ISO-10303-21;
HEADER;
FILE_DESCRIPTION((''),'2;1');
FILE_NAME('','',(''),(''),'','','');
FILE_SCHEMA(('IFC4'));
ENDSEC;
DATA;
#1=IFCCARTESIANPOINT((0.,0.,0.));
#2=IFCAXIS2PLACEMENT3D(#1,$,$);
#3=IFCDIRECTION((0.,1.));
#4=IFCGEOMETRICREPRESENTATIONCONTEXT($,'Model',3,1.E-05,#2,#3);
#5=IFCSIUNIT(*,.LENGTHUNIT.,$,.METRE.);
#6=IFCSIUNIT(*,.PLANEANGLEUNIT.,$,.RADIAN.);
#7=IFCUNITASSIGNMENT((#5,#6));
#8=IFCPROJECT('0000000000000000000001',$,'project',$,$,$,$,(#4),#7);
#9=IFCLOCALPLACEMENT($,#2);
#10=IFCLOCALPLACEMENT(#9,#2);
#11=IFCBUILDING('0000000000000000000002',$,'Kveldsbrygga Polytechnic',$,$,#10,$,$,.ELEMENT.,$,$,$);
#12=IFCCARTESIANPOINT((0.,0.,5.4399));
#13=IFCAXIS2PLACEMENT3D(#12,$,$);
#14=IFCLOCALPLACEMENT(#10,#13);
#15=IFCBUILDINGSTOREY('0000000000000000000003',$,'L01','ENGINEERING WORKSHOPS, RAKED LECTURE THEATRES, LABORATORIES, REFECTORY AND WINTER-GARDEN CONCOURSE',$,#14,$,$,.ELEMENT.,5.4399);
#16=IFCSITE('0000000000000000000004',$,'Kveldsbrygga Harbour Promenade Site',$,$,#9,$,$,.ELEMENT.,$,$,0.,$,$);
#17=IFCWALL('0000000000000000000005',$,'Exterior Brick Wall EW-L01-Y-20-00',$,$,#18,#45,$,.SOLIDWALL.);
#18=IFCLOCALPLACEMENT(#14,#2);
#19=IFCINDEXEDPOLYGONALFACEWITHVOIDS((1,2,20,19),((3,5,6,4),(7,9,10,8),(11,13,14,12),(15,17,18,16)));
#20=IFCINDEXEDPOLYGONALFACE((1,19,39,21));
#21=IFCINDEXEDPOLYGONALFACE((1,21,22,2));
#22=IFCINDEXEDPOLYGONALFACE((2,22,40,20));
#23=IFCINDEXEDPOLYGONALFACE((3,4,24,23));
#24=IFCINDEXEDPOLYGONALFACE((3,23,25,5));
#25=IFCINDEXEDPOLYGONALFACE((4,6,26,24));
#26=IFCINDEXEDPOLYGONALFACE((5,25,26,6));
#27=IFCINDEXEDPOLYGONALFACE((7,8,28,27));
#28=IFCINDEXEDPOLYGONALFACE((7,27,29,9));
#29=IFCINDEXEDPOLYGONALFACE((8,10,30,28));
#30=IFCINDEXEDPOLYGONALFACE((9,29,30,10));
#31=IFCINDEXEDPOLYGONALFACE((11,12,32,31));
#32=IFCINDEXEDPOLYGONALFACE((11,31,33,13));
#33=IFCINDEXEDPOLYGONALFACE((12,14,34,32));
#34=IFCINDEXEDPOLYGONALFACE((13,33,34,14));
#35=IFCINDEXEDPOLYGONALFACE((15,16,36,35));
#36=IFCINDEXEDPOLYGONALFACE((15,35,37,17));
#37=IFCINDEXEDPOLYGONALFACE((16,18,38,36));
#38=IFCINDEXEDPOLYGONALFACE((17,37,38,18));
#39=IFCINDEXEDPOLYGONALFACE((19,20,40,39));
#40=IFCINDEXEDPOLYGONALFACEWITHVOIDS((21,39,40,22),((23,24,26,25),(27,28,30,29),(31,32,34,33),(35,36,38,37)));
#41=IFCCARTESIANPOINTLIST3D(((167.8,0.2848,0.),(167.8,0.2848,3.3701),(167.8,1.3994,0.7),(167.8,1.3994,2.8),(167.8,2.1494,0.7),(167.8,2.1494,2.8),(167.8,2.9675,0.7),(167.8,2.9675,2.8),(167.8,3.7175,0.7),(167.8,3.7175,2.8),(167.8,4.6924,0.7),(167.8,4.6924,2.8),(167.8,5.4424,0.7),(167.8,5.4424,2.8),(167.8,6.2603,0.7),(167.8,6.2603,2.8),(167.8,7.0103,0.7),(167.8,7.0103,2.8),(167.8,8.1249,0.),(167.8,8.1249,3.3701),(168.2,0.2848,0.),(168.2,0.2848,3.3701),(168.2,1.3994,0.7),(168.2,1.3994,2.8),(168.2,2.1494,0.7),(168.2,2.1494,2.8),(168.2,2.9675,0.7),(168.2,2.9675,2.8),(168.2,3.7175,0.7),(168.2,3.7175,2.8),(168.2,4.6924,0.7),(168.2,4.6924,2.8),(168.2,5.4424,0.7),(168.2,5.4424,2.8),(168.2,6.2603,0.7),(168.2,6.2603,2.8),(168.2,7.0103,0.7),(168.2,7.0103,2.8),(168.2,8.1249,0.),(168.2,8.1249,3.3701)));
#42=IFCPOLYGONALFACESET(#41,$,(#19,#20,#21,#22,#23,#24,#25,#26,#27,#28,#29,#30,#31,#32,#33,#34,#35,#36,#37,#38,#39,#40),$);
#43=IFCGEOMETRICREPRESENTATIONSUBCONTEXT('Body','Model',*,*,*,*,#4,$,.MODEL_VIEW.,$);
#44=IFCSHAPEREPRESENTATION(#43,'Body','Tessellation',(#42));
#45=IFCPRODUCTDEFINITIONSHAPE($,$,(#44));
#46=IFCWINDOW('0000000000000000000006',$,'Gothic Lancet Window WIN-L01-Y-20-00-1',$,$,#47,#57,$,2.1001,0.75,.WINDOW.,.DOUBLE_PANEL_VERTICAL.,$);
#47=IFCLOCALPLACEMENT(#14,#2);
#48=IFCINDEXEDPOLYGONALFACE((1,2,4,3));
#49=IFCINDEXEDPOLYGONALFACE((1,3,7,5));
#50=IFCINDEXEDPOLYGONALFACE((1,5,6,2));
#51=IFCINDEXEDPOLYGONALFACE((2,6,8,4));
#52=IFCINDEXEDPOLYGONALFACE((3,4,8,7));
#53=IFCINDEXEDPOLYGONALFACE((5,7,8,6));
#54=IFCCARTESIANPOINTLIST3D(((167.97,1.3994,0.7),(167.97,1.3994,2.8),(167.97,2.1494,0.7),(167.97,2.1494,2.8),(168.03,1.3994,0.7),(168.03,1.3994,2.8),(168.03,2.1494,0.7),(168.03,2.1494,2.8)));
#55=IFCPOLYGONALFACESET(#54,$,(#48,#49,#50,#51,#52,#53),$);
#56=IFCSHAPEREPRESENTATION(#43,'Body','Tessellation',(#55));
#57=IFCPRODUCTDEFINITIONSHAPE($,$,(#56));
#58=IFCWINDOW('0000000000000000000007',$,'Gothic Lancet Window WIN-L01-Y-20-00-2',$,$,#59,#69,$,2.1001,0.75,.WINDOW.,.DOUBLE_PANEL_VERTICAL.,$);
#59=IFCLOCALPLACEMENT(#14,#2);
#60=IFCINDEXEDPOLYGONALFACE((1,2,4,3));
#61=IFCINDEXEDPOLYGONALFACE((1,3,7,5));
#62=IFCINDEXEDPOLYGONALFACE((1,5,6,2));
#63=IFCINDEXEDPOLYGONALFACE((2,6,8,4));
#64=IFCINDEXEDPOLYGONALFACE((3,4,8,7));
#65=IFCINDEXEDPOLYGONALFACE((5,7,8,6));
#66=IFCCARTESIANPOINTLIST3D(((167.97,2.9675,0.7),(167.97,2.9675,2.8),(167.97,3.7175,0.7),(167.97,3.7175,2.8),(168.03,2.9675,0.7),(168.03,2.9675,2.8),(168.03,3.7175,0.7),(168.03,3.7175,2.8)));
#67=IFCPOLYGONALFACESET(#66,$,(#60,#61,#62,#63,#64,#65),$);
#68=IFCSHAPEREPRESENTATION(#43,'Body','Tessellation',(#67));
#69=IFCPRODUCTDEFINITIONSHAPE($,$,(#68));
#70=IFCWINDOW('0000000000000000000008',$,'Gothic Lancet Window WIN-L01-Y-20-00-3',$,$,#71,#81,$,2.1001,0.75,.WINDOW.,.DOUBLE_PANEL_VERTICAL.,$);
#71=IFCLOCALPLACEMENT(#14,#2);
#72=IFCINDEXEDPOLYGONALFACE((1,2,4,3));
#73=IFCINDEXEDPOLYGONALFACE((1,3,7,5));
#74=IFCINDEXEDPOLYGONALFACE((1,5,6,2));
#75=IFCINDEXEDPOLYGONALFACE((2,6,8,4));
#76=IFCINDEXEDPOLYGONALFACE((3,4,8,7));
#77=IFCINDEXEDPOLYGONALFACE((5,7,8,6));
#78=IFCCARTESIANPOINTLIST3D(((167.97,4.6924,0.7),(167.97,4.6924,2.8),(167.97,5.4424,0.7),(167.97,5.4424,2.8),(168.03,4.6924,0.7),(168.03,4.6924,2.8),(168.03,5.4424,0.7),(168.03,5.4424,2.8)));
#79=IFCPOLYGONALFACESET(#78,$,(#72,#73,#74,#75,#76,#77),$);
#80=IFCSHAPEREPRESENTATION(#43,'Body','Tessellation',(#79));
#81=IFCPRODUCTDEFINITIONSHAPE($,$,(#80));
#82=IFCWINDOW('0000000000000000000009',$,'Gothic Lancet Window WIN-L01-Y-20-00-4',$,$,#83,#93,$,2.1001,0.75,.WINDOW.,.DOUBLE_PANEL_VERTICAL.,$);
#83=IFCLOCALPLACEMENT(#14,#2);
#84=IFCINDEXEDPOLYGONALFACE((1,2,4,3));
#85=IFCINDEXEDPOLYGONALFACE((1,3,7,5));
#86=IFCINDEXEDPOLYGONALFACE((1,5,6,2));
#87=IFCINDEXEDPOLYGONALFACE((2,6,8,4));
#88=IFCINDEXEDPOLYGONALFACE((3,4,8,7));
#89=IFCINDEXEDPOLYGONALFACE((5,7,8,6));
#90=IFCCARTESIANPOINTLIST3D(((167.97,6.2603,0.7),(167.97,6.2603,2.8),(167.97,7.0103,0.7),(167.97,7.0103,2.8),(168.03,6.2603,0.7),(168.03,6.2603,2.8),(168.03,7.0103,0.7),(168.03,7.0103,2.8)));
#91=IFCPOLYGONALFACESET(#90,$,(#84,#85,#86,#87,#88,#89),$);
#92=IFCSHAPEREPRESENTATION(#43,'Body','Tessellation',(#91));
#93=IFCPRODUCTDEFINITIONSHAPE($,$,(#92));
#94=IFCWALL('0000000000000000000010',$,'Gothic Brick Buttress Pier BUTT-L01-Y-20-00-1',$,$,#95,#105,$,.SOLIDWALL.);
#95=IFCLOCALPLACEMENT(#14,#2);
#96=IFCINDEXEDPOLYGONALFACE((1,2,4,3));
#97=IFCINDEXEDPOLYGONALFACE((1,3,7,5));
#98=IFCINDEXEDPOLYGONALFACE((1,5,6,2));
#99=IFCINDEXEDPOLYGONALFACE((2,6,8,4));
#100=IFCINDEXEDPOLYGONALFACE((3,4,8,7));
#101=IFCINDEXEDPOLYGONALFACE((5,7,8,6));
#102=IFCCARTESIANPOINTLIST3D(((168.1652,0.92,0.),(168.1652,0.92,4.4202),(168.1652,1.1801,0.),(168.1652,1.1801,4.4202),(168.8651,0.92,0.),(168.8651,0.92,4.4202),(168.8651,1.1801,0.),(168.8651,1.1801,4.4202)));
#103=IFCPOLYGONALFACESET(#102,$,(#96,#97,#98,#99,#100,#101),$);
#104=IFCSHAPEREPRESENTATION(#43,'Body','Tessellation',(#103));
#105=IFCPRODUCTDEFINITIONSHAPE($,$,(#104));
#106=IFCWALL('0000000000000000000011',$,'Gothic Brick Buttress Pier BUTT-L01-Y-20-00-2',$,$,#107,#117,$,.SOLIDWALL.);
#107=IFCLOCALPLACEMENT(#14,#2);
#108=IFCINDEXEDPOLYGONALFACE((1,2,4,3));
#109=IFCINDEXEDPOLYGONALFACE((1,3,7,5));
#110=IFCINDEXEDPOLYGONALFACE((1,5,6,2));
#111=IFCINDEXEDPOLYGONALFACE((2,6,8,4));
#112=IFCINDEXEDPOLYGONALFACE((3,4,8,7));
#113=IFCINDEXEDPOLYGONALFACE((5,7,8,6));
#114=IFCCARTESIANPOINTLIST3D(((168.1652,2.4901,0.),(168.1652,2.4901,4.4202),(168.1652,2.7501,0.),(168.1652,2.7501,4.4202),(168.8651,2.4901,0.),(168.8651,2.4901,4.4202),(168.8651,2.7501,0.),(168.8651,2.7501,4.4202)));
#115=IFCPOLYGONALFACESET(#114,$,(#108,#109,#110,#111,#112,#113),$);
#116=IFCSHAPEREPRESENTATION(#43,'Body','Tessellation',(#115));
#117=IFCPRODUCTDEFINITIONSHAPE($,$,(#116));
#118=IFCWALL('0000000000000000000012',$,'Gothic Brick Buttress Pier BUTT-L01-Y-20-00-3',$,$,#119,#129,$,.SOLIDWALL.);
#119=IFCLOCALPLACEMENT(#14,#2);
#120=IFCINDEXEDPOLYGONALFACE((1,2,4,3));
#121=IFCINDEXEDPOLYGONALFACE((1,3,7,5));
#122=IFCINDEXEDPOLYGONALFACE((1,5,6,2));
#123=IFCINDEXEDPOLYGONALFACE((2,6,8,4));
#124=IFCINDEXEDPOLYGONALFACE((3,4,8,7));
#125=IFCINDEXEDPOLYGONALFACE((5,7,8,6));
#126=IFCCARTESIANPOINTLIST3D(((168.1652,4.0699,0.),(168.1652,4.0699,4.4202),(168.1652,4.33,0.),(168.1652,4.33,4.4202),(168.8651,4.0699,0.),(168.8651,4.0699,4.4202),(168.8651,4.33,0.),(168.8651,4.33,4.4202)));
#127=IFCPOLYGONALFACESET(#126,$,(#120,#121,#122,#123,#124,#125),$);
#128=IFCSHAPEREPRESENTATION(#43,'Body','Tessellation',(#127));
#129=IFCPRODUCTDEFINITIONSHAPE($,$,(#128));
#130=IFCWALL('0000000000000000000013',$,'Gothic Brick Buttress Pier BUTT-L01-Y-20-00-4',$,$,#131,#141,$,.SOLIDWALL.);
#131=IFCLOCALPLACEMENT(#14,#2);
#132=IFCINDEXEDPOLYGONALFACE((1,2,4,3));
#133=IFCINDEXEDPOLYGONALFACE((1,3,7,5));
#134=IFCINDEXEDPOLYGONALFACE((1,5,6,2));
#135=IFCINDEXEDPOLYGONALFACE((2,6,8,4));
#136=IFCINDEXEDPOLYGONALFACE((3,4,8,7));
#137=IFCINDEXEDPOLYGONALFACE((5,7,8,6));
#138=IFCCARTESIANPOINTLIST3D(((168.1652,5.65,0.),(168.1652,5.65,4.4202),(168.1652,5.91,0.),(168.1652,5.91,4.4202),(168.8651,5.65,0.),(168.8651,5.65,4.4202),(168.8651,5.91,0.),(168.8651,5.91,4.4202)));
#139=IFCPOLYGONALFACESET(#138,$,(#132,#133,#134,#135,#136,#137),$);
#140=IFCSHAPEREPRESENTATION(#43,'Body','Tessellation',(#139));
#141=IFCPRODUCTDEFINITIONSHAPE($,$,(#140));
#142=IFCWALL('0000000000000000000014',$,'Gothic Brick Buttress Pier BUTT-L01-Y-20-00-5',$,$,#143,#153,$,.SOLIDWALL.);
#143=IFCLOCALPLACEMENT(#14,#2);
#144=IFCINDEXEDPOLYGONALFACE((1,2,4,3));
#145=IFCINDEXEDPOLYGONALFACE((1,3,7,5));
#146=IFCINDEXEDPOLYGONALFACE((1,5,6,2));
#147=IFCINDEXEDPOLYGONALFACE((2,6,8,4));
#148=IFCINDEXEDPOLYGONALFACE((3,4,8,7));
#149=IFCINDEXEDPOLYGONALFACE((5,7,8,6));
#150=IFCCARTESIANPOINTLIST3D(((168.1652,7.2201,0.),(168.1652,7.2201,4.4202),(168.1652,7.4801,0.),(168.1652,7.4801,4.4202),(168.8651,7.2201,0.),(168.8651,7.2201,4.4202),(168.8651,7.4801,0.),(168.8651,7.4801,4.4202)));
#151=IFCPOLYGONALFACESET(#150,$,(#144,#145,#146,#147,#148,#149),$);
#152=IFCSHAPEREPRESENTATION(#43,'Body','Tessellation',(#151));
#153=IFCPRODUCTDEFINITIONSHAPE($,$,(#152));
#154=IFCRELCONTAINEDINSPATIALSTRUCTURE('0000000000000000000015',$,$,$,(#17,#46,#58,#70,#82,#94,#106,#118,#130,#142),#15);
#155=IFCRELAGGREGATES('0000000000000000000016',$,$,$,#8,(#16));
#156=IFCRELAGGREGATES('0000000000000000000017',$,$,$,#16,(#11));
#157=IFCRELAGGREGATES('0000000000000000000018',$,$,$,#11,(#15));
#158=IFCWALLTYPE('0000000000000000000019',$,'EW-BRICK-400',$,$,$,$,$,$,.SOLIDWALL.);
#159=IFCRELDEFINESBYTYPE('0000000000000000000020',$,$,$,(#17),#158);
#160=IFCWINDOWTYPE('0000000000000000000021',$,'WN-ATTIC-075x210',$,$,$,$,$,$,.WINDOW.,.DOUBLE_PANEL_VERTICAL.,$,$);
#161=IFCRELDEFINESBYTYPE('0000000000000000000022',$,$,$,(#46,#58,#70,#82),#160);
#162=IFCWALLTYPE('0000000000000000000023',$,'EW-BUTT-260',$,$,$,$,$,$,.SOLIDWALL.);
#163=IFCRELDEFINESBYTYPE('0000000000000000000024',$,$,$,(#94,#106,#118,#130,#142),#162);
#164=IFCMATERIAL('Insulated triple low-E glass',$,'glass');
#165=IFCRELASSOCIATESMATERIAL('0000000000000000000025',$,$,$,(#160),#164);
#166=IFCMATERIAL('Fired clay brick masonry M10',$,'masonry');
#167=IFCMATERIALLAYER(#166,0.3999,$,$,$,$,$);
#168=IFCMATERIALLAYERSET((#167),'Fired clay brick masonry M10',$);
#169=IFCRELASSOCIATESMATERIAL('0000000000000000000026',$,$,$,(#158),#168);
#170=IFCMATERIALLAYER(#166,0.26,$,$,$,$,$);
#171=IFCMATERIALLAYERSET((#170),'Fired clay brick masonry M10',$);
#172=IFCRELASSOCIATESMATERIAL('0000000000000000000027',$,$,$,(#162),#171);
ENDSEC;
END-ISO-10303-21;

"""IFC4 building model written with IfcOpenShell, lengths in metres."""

from ifc_helpers import new_model, si_unit, direction, frame, frame_2d, origin, place, context, subcontext, project, spatial, rectangle, extrude, material, layer, layer_set, type_object, element, fill, save


model = new_model("IFC4")

# Units and contexts
model_context = context("Model", 3, precision=1e-05, world=origin(), true_north=direction((0.0, 1.0)))
body_context = subcontext(model_context, "Body", "Model", "MODEL_VIEW")
ifc_project = project(units=[si_unit("LENGTHUNIT", "METRE"), si_unit("PLANEANGLEUNIT", "RADIAN")], contexts=[model_context])

# Site, building, storey
site_placement = place(None, origin())
site = spatial("IfcSite", under=ifc_project, at=site_placement, Name="Kveldsbrygga Harbour Promenade Site", CompositionType="ELEMENT", RefElevation=0.0)
building_placement = place(site_placement, origin())
building = spatial("IfcBuilding", under=site, at=building_placement, Name="Kveldsbrygga Polytechnic", CompositionType="ELEMENT")
storey_placement = place(building_placement, frame((0.0, 0.0, 5.4399)))
storey = spatial("IfcBuildingStorey", under=building, at=storey_placement, Name="L01", Description="ENGINEERING WORKSHOPS, RAKED LECTURE THEATRES, LABORATORIES, REFECTORY AND WINTER-GARDEN CONCOURSE", CompositionType="ELEMENT", Elevation=5.4399)

# Wall, openings, windows
ifc_material_1 = material(Name="Fired clay brick masonry M10", Category="masonry")
ifc_material_2 = material(Name="Insulated triple low-E glass", Category="glass")
window_type = type_object("IfcWindowType", Name="WN-ATTIC-075x210", PartitioningType="DOUBLE_PANEL_VERTICAL", PredefinedType="WINDOW", material=ifc_material_2)
ifc_layer_1 = layer(ifc_material_1, 0.3999)
ifc_layer_set_1 = layer_set([ifc_layer_1], Name="Fired clay brick masonry M10")
wall_type_1 = type_object("IfcWallType", Name="EW-BRICK-400", PredefinedType="SOLIDWALL", material=ifc_layer_set_1)
wall_1_placement = place(storey_placement, frame((168.0, 0.2849, 0.0), z_axis=(0.0, 0.0, 1.0), x_axis=(0.0, 1.0, 0.0)))
wall_1 = element("IfcWall", 1, at=wall_1_placement, inside=storey, type_object=wall_type_1, Name="Exterior Brick Wall EW-L01-Y-20-00", PredefinedType="SOLIDWALL", context=body_context, shape_type="SweptSolid", body=[
    extrude(rectangle(XDim=7.8401, YDim=0.3999, at=frame_2d((3.9199, 0.0))), origin(), (0.0, 0.0, 1.0), 3.3701),
])
opening_1_placement = place(wall_1_placement, frame((1.1145, 0.0, 0.7)))
opening_1 = element("IfcOpeningElement", 2, at=opening_1_placement, cuts=wall_1, PredefinedType="OPENING", context=body_context, shape_type="SweptSolid", body=[
    extrude(rectangle(XDim=0.75, YDim=2.1001, at=frame_2d((0.375, 1.05))), frame((0.0, 0.21, 0.0), z_axis=(0.0, -1.0, 0.0), x_axis=(1.0, 0.0, 0.0)), (0.0, 0.0, 1.0), 0.4199),
])
opening_2_placement = place(wall_1_placement, frame((2.6826, 0.0, 0.7)))
opening_2 = element("IfcOpeningElement", 3, at=opening_2_placement, cuts=wall_1, PredefinedType="OPENING", context=body_context, shape_type="SweptSolid", body=[
    extrude(rectangle(XDim=0.75, YDim=2.1001, at=frame_2d((0.375, 1.05))), frame((0.0, 0.21, 0.0), z_axis=(0.0, -1.0, 0.0), x_axis=(1.0, 0.0, 0.0)), (0.0, 0.0, 1.0), 0.4199),
])
opening_3_placement = place(wall_1_placement, frame((4.4075, 0.0, 0.7)))
opening_3 = element("IfcOpeningElement", 4, at=opening_3_placement, cuts=wall_1, PredefinedType="OPENING", context=body_context, shape_type="SweptSolid", body=[
    extrude(rectangle(XDim=0.75, YDim=2.1001, at=frame_2d((0.375, 1.05))), frame((0.0, 0.21, 0.0), z_axis=(0.0, -1.0, 0.0), x_axis=(1.0, 0.0, 0.0)), (0.0, 0.0, 1.0), 0.4199),
])
opening_4_placement = place(wall_1_placement, frame((5.9753, 0.0, 0.7)))
opening_4 = element("IfcOpeningElement", 5, at=opening_4_placement, cuts=wall_1, PredefinedType="OPENING", context=body_context, shape_type="SweptSolid", body=[
    extrude(rectangle(XDim=0.75, YDim=2.1001, at=frame_2d((0.375, 1.05))), frame((0.0, 0.21, 0.0), z_axis=(0.0, -1.0, 0.0), x_axis=(1.0, 0.0, 0.0)), (0.0, 0.0, 1.0), 0.4199),
])
window_1_placement = place(opening_1_placement, origin())
window_1 = element("IfcWindow", 6, at=window_1_placement, inside=storey, type_object=window_type, Name="Gothic Lancet Window WIN-L01-Y-20-00-1", OverallHeight=2.1001, OverallWidth=0.75, PartitioningType="DOUBLE_PANEL_VERTICAL", PredefinedType="WINDOW", context=body_context, shape_type="SweptSolid", body=[
    extrude(rectangle(XDim=0.75, YDim=2.1001, at=frame_2d((0.375, 1.05))), frame((0.0, 0.03, 0.0), z_axis=(0.0, -1.0, 0.0), x_axis=(1.0, 0.0, 0.0)), (0.0, 0.0, 1.0), 0.0601),
])
fill(opening_1, window_1)
window_2_placement = place(opening_2_placement, origin())
window_2 = element("IfcWindow", 7, at=window_2_placement, inside=storey, type_object=window_type, Name="Gothic Lancet Window WIN-L01-Y-20-00-2", OverallHeight=2.1001, OverallWidth=0.75, PartitioningType="DOUBLE_PANEL_VERTICAL", PredefinedType="WINDOW", context=body_context, shape_type="SweptSolid", body=[
    extrude(rectangle(XDim=0.75, YDim=2.1001, at=frame_2d((0.375, 1.05))), frame((0.0, 0.03, 0.0), z_axis=(0.0, -1.0, 0.0), x_axis=(1.0, 0.0, 0.0)), (0.0, 0.0, 1.0), 0.0601),
])
fill(opening_2, window_2)
window_3_placement = place(opening_3_placement, origin())
window_3 = element("IfcWindow", 8, at=window_3_placement, inside=storey, type_object=window_type, Name="Gothic Lancet Window WIN-L01-Y-20-00-3", OverallHeight=2.1001, OverallWidth=0.75, PartitioningType="DOUBLE_PANEL_VERTICAL", PredefinedType="WINDOW", context=body_context, shape_type="SweptSolid", body=[
    extrude(rectangle(XDim=0.75, YDim=2.1001, at=frame_2d((0.375, 1.05))), frame((0.0, 0.03, 0.0), z_axis=(0.0, -1.0, 0.0), x_axis=(1.0, 0.0, 0.0)), (0.0, 0.0, 1.0), 0.0601),
])
fill(opening_3, window_3)
window_4_placement = place(opening_4_placement, origin())
window_4 = element("IfcWindow", 9, at=window_4_placement, inside=storey, type_object=window_type, Name="Gothic Lancet Window WIN-L01-Y-20-00-4", OverallHeight=2.1001, OverallWidth=0.75, PartitioningType="DOUBLE_PANEL_VERTICAL", PredefinedType="WINDOW", context=body_context, shape_type="SweptSolid", body=[
    extrude(rectangle(XDim=0.75, YDim=2.1001, at=frame_2d((0.375, 1.05))), frame((0.0, 0.03, 0.0), z_axis=(0.0, -1.0, 0.0), x_axis=(1.0, 0.0, 0.0)), (0.0, 0.0, 1.0), 0.0601),
])
fill(opening_4, window_4)

# Walls
ifc_layer_2 = layer(ifc_material_1, 0.26)
ifc_layer_set_2 = layer_set([ifc_layer_2], Name="Fired clay brick masonry M10")
wall_type_2 = type_object("IfcWallType", Name="EW-BUTT-260", PredefinedType="SOLIDWALL", material=ifc_layer_set_2)
for number, where, z_axis, x_axis, name in (
    (10, (168.165, 1.05, 0.0), (0.0, 0.0, 1.0), (1.0, 0.0, 0.0), "Gothic Brick Buttress Pier BUTT-L01-Y-20-00-1"),
    (11, (168.165, 2.6201, 0.0), (0.0, 0.0, 1.0), (1.0, 0.0, 0.0), "Gothic Brick Buttress Pier BUTT-L01-Y-20-00-2"),
    (12, (168.165, 4.2, 0.0), (0.0, 0.0, 1.0), (1.0, 0.0, 0.0), "Gothic Brick Buttress Pier BUTT-L01-Y-20-00-3"),
    (13, (168.165, 5.78, 0.0), (0.0, 0.0, 1.0), (1.0, 0.0, 0.0), "Gothic Brick Buttress Pier BUTT-L01-Y-20-00-4"),
    (14, (168.165, 7.3501, 0.0), (0.0, 0.0, 1.0), (1.0, 0.0, 0.0), "Gothic Brick Buttress Pier BUTT-L01-Y-20-00-5"),
):
    element("IfcWall", number, at=place(storey_placement, frame(where, z_axis=z_axis, x_axis=x_axis)), inside=storey, type_object=wall_type_2, Name=name, PredefinedType="SOLIDWALL", context=body_context, shape_type="SweptSolid", body=[
        extrude(rectangle(XDim=0.7, YDim=0.26, at=frame_2d((0.3501, 0.0))), origin(), (0.0, 0.0, 1.0), 4.4202),
    ])

save(model, "model.ifc")
